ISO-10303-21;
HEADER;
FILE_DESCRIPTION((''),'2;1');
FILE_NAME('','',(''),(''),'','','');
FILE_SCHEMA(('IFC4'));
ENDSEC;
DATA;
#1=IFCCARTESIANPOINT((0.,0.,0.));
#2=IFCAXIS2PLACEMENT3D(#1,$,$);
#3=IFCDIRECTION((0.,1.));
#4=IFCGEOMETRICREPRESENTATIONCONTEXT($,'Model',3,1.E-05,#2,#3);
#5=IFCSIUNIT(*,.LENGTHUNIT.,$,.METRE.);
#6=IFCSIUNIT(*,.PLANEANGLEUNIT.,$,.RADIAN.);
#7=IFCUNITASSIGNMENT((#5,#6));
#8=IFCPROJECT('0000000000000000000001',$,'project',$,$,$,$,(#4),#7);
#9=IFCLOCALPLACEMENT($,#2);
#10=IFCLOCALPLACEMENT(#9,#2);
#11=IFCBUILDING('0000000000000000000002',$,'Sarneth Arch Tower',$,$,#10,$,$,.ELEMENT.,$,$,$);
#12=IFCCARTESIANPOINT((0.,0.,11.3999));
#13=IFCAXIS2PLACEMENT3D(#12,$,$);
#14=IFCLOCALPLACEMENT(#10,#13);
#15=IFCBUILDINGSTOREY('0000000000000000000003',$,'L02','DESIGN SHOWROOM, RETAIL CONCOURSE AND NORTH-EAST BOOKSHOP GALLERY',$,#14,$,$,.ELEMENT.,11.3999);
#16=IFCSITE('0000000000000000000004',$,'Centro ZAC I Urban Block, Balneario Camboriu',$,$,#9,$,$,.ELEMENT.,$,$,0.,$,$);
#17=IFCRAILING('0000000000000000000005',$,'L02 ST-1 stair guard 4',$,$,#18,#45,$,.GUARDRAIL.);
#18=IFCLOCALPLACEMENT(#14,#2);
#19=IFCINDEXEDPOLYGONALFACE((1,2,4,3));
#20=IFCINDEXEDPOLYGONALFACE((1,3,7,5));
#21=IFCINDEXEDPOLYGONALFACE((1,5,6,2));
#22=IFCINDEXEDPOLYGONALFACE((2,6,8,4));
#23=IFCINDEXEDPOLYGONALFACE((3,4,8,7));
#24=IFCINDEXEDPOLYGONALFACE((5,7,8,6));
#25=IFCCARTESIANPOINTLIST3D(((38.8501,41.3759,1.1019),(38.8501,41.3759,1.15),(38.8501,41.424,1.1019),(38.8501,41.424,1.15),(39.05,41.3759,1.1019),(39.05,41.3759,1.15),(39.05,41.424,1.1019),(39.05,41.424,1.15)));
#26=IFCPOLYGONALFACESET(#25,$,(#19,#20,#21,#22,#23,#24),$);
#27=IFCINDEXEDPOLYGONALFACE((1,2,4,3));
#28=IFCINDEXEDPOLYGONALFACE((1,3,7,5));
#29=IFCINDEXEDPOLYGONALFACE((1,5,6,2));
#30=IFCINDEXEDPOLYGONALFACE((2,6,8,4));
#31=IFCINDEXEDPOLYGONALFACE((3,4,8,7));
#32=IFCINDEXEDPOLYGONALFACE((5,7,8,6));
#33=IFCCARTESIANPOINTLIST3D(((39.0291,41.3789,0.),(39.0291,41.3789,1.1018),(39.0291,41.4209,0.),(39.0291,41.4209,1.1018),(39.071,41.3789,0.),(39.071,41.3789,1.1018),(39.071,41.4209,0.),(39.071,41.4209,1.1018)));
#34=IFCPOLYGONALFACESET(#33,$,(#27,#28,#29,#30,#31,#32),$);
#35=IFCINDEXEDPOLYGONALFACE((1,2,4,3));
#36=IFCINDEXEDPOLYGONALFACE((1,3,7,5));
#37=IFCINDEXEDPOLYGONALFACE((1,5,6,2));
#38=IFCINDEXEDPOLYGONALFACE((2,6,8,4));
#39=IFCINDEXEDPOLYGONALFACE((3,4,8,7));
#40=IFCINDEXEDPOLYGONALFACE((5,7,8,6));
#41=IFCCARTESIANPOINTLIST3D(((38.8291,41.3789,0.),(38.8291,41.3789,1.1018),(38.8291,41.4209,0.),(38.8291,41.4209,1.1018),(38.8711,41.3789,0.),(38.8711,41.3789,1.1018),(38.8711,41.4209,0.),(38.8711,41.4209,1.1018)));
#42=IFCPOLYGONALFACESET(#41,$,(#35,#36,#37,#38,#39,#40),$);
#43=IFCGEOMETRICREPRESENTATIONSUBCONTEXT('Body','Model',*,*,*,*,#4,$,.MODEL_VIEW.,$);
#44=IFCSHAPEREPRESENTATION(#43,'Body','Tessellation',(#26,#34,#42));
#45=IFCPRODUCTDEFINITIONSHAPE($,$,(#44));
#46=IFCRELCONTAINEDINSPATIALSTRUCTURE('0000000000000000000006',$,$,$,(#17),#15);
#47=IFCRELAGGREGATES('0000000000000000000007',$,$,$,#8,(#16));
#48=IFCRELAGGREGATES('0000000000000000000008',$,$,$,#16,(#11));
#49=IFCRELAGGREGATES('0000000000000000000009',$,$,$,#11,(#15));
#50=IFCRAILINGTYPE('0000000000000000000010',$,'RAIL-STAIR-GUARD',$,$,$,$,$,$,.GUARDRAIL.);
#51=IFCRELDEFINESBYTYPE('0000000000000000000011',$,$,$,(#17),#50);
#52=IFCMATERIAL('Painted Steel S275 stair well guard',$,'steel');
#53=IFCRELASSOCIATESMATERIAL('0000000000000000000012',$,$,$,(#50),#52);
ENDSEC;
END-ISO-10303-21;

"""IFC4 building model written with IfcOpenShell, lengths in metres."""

from ifc_helpers import new_model, si_unit, direction, frame, origin, origin_2d, place, context, subcontext, project, spatial, rectangle, extrude, material, type_object, element, save


model = new_model("IFC4")

# Units and contexts
model_context = context("Model", 3, precision=1e-05, world=origin(), true_north=direction((0.0, 1.0)))
body_context = subcontext(model_context, "Body", "Model", "MODEL_VIEW")
ifc_project = project(units=[si_unit("LENGTHUNIT", "METRE"), si_unit("PLANEANGLEUNIT", "RADIAN")], contexts=[model_context])

# Site, building, storey
site_placement = place(None, origin())
site = spatial("IfcSite", under=ifc_project, at=site_placement, Name="Centro ZAC I Urban Block, Balneario Camboriu", CompositionType="ELEMENT", RefElevation=0.0)
building_placement = place(site_placement, origin())
building = spatial("IfcBuilding", under=site, at=building_placement, Name="Sarneth Arch Tower", CompositionType="ELEMENT")
storey_placement = place(building_placement, frame((0.0, 0.0, 11.3999)))
storey = spatial("IfcBuildingStorey", under=building, at=storey_placement, Name="L02", Description="DESIGN SHOWROOM, RETAIL CONCOURSE AND NORTH-EAST BOOKSHOP GALLERY", CompositionType="ELEMENT", Elevation=11.3999)

# Railing
ifc_material_1 = material(Name="Painted Steel S275 stair well guard", Category="steel")
railing_type = type_object("IfcRailingType", Name="RAIL-STAIR-GUARD", PredefinedType="GUARDRAIL", material=ifc_material_1)
railing_placement = place(storey_placement, frame((39.05, 41.3999, 0.0)))
element("IfcRailing", 1, at=railing_placement, inside=storey, type_object=railing_type, Name="L02 ST-1 stair guard 4", PredefinedType="GUARDRAIL", context=body_context, shape_type="SweptSolid", body=[
    extrude(rectangle(XDim=0.0481, YDim=0.0481, at=origin_2d()), frame((0.0, 0.0, 1.126), z_axis=(-1.0, 0.0, 0.0), x_axis=(0.0, -1.0, 0.0)), (0.0, 0.0, 1.0), 0.2),
    extrude(rectangle(XDim=0.042, YDim=0.042, at=origin_2d()), origin(), (0.0, 0.0, 1.0), 1.1018),
    extrude(rectangle(XDim=0.042, YDim=0.042, at=origin_2d()), frame((-0.2, 0.0, 0.0)), (0.0, 0.0, 1.0), 1.1018),
])

save(model, "model.ifc")
